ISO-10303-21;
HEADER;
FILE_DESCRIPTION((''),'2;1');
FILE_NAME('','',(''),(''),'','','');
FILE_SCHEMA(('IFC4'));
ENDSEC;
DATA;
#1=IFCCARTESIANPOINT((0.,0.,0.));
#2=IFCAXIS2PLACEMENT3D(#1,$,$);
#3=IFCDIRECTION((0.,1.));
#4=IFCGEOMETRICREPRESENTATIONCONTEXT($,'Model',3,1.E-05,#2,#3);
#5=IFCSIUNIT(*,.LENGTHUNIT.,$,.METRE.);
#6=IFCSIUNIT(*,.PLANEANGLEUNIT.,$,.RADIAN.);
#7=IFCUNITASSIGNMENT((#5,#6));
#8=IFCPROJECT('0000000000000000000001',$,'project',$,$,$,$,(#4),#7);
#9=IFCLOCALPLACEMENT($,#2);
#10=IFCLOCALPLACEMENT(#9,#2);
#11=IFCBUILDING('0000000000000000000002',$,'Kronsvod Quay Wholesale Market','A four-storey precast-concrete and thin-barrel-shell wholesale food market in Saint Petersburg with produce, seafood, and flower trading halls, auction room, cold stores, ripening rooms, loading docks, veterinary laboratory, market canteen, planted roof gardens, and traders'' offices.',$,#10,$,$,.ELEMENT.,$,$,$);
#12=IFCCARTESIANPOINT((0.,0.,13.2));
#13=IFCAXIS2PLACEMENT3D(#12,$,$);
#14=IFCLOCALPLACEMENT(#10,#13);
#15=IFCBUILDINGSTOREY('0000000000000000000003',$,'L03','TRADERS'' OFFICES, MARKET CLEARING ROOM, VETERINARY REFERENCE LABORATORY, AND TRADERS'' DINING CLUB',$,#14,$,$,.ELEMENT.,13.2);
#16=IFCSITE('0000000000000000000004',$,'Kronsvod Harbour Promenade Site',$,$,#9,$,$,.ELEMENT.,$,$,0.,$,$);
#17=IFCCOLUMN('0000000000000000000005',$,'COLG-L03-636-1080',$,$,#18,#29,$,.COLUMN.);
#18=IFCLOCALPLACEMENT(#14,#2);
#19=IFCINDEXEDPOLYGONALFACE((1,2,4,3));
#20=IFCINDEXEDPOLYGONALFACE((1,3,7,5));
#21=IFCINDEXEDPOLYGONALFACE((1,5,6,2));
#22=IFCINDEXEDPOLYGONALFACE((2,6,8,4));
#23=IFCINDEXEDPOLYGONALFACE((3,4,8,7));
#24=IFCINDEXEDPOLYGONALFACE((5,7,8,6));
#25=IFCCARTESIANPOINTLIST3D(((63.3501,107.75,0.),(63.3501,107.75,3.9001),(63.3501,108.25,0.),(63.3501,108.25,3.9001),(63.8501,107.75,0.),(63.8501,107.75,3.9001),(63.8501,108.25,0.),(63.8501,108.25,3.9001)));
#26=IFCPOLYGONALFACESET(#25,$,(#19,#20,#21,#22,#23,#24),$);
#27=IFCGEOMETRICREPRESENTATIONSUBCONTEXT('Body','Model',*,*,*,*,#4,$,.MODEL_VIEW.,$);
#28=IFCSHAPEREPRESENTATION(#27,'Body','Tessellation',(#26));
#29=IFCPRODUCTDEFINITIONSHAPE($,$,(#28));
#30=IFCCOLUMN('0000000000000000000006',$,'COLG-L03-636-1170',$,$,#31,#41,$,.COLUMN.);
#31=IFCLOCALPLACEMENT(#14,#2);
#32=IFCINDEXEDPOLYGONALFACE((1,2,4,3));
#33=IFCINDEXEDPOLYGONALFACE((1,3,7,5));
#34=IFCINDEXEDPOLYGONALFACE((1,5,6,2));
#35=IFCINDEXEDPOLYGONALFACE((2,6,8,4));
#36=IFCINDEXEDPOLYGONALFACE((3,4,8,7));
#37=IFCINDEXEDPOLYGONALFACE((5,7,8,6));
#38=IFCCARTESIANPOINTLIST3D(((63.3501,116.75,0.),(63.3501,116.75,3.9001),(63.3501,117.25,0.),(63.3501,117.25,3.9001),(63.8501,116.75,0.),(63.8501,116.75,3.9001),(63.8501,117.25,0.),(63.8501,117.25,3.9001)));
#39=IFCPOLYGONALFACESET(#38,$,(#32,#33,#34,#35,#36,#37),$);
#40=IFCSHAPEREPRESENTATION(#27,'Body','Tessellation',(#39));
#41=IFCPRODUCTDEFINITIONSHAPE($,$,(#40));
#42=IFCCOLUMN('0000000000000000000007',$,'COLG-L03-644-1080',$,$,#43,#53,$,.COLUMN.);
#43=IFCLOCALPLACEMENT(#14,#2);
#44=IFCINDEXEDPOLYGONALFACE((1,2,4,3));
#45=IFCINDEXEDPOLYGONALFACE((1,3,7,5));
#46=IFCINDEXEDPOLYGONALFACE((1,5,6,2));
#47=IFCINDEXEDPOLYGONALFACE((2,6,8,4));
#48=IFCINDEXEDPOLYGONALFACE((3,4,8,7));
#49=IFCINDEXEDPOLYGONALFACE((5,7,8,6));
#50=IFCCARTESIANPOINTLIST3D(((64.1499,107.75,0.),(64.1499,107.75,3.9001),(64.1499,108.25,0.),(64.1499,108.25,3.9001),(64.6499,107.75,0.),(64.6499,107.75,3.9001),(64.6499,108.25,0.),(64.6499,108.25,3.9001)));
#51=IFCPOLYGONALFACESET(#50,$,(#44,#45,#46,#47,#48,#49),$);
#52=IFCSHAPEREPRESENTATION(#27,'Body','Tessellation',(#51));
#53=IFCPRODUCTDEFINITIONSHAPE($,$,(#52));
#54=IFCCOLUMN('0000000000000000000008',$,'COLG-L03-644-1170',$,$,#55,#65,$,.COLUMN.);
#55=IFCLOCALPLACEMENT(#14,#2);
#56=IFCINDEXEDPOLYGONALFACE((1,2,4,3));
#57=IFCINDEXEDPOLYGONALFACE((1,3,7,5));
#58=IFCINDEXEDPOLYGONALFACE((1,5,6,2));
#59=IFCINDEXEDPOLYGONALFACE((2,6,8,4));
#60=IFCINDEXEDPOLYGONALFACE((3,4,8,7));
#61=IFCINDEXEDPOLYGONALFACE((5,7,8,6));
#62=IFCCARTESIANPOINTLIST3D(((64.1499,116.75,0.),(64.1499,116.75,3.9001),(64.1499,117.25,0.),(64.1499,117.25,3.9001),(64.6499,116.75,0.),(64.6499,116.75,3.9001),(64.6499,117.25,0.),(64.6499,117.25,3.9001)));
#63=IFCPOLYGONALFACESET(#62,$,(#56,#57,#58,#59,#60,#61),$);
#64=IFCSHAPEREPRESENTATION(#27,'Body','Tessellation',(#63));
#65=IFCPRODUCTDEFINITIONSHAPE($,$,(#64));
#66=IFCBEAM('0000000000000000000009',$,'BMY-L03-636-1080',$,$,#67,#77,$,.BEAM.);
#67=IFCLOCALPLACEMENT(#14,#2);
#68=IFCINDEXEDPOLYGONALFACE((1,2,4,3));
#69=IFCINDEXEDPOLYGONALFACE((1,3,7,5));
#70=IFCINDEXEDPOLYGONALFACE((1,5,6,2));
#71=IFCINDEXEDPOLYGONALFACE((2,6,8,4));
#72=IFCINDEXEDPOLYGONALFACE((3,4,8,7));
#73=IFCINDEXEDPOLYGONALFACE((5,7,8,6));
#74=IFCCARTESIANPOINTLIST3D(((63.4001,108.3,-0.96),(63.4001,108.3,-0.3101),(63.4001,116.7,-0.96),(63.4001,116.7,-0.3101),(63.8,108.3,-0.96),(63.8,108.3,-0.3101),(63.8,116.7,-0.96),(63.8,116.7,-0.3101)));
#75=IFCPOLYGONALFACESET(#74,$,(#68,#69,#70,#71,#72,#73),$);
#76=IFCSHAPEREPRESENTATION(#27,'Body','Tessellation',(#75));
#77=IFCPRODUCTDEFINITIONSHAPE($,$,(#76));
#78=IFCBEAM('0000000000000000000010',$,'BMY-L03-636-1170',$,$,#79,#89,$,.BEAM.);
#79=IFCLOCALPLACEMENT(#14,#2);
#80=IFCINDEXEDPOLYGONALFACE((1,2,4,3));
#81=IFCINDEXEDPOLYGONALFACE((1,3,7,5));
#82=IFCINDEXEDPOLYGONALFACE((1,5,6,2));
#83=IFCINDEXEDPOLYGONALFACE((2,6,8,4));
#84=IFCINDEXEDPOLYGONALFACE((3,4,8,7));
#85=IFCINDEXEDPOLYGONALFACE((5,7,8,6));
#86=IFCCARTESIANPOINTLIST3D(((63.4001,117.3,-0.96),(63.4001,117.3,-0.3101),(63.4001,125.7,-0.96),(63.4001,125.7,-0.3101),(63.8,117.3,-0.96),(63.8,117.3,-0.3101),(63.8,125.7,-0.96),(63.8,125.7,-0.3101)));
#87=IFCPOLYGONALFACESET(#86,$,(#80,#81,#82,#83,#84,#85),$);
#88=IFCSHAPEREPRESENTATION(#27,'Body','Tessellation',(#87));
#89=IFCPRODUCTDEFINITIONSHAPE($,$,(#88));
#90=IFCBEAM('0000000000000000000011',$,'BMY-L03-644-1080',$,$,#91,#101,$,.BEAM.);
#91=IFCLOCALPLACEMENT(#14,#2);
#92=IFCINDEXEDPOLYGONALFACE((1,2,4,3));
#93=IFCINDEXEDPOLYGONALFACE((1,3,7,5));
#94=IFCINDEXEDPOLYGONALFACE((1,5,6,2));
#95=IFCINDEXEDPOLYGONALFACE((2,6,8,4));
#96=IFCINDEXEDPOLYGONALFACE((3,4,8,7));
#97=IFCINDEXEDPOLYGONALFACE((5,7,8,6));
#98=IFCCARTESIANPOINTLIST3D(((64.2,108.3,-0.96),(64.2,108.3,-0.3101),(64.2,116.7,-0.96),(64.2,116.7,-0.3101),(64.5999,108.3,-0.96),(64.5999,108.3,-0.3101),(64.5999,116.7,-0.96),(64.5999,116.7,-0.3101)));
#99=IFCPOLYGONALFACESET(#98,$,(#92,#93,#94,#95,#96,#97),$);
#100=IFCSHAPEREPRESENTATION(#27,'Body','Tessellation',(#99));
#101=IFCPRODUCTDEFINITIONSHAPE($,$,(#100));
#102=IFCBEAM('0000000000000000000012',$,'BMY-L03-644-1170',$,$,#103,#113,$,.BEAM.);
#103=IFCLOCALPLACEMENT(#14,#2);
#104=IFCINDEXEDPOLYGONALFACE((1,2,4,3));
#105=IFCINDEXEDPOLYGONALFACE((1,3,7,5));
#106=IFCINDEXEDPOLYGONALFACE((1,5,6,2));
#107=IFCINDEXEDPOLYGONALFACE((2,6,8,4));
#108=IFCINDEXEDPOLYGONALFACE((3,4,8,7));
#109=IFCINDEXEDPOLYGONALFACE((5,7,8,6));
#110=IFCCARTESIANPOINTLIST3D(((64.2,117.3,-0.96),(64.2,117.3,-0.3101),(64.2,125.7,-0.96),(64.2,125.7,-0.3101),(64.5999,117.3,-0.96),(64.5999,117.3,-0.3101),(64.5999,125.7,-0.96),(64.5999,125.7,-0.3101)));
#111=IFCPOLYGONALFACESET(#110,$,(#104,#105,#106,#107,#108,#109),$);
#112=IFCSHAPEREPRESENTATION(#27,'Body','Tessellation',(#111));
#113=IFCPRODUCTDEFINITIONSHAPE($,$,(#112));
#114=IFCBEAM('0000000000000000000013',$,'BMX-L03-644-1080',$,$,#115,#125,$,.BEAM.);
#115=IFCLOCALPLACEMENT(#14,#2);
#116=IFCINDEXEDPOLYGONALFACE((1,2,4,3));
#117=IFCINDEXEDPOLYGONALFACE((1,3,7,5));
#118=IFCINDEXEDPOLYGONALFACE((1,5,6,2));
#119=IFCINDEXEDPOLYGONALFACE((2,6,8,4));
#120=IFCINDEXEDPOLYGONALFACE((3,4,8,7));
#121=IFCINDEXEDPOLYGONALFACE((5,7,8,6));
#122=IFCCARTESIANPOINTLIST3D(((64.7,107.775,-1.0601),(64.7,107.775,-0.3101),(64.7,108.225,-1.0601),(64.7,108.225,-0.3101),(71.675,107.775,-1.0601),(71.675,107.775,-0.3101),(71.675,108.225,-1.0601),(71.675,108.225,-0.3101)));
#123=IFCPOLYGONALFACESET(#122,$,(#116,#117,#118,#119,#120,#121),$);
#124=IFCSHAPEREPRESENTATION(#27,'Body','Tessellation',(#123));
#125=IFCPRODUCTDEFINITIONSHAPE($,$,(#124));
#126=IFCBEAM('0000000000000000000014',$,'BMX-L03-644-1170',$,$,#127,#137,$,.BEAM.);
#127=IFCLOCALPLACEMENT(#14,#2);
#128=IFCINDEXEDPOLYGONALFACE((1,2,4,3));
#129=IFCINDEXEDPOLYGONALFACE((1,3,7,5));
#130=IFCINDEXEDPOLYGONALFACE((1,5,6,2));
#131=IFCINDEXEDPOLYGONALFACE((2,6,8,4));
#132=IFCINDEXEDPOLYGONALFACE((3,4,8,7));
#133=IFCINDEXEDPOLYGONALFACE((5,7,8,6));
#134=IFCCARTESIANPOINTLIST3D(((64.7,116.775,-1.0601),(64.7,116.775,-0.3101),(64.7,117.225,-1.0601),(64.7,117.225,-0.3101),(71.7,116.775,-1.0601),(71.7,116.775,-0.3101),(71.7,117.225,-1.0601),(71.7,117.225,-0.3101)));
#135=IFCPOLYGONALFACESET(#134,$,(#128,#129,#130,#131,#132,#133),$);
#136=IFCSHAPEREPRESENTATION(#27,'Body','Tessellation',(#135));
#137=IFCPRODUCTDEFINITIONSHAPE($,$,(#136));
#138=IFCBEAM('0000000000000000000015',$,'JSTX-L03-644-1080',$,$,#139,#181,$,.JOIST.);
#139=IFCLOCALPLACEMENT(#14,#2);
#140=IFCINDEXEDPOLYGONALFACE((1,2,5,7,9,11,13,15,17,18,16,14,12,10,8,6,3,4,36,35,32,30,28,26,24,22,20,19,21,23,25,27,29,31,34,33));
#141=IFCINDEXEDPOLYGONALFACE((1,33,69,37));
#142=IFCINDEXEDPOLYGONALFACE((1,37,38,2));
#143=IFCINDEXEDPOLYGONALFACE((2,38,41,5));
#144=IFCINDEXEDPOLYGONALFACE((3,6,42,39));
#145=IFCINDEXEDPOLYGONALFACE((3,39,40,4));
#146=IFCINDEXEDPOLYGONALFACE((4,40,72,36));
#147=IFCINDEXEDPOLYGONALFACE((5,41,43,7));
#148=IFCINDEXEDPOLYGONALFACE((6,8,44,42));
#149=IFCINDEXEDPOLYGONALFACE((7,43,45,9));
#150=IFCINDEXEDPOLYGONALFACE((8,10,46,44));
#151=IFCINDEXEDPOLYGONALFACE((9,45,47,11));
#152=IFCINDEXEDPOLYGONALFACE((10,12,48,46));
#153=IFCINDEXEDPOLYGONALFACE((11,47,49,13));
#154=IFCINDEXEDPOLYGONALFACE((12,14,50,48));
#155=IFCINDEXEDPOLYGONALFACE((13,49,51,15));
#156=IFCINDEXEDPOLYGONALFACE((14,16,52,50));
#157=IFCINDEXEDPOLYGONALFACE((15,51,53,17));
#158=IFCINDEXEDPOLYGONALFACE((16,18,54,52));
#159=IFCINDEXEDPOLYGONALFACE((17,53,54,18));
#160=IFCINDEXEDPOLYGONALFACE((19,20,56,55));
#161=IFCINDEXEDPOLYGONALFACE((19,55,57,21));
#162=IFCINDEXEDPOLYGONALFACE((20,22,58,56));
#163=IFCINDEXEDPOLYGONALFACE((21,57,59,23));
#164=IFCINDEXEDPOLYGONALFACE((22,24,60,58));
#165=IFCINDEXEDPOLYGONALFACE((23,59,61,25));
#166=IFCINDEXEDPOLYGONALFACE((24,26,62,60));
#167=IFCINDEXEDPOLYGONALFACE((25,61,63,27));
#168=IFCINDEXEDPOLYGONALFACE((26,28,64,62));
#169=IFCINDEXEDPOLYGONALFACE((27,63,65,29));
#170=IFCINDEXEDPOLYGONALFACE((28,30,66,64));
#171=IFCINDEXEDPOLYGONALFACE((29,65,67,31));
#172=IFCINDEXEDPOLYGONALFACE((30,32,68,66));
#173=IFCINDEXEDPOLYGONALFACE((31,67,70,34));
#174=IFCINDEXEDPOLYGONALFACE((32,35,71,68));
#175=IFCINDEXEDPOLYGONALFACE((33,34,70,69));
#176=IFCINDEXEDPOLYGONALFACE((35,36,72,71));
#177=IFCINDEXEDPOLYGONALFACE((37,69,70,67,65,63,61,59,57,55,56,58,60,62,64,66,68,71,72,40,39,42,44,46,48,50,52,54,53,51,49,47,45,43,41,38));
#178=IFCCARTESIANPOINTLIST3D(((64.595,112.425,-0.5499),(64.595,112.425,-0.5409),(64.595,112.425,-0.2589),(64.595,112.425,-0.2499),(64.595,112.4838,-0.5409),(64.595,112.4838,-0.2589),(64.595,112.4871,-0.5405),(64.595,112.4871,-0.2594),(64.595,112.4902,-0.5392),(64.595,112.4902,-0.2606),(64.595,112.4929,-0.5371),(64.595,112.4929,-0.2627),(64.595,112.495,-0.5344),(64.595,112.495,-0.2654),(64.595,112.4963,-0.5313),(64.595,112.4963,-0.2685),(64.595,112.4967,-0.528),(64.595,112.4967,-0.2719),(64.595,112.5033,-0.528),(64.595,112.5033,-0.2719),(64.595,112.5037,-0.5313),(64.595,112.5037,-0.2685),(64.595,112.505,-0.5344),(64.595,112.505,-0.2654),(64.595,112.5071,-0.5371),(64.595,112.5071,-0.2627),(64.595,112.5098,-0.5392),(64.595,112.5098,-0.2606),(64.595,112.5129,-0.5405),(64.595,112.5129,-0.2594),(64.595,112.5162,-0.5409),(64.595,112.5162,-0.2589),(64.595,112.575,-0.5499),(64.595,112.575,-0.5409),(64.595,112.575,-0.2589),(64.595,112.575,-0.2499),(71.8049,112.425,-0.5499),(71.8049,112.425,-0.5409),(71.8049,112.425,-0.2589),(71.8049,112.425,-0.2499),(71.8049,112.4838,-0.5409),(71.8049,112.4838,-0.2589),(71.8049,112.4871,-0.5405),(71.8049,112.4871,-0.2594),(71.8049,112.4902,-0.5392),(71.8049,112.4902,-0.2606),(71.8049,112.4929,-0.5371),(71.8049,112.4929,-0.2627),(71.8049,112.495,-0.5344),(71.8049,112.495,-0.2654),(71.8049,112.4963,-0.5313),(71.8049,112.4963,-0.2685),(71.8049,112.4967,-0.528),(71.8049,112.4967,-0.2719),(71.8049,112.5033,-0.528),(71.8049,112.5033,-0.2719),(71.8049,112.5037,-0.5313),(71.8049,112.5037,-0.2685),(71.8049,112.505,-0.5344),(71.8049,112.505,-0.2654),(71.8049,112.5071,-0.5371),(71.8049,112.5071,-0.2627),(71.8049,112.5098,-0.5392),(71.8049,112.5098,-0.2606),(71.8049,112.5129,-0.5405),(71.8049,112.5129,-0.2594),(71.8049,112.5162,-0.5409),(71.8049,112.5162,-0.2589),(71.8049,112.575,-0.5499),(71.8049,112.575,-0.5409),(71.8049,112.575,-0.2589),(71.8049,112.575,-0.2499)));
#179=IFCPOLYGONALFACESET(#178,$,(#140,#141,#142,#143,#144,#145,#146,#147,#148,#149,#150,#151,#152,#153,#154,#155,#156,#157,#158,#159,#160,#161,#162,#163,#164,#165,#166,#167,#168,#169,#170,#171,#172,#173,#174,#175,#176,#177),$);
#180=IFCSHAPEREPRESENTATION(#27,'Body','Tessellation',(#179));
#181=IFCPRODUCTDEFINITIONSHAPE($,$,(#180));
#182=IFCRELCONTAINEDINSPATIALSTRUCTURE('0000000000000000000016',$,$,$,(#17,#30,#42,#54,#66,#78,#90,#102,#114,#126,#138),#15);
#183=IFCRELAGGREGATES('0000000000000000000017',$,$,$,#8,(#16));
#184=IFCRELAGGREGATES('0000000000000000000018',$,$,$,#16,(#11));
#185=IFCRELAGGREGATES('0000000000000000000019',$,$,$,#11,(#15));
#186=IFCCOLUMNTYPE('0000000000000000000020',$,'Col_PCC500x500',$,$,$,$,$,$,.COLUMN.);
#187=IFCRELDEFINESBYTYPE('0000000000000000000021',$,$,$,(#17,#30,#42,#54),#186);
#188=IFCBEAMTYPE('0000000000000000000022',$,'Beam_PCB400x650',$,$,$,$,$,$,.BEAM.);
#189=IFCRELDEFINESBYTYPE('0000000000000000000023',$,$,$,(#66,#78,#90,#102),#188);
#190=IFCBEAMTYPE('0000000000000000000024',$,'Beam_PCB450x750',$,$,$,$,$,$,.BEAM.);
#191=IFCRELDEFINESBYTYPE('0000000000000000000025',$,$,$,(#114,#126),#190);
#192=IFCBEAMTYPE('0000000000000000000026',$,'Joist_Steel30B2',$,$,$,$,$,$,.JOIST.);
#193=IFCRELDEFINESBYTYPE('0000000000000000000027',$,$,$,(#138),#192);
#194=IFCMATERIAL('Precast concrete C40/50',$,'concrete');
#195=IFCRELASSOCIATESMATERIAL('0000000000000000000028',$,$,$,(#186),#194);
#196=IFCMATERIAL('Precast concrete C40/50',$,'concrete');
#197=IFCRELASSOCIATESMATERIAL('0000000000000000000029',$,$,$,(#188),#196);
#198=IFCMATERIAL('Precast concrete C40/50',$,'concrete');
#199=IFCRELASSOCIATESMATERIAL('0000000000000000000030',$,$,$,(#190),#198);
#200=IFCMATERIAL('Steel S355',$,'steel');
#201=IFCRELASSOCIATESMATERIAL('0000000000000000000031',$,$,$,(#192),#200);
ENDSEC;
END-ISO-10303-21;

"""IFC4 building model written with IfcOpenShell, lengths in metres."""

from ifc_helpers import new_model, si_unit, direction, frame, origin, origin_2d, place, context, subcontext, project, spatial, rectangle, i_section, extrude, material, material_profile, profile_set, type_object, element, save


model = new_model("IFC4")

# Units and contexts
model_context = context("Model", 3, precision=1e-05, world=origin(), true_north=direction((0.0, 1.0)))
body_context = subcontext(model_context, "Body", "Model", "MODEL_VIEW")
ifc_project = project(units=[si_unit("LENGTHUNIT", "METRE"), si_unit("PLANEANGLEUNIT", "RADIAN")], contexts=[model_context])

# Site, building, storey
site_placement = place(None, origin())
site = spatial("IfcSite", under=ifc_project, at=site_placement, Name="Kronsvod Harbour Promenade Site", CompositionType="ELEMENT", RefElevation=0.0)
building_placement = place(site_placement, origin())
building = spatial("IfcBuilding", under=site, at=building_placement, Name="Kronsvod Quay Wholesale Market", Description="A four-storey precast-concrete and thin-barrel-shell wholesale food market in Saint Petersburg with produce, seafood, and flower trading halls, auction room, cold stores, ripening rooms, loading docks, veterinary laboratory, market canteen, planted roof gardens, and traders' offices.", CompositionType="ELEMENT")
storey_placement = place(building_placement, frame((0.0, 0.0, 13.2)))
storey = spatial("IfcBuildingStorey", under=building, at=storey_placement, Name="L03", Description="TRADERS' OFFICES, MARKET CLEARING ROOM, VETERINARY REFERENCE LABORATORY, AND TRADERS' DINING CLUB", CompositionType="ELEMENT", Elevation=13.2)

# Columns
ifc_material_1 = material(Name="Precast concrete C40/50", Category="concrete")
ifc_material_profile_1 = material_profile(ifc_material_1, rectangle(XDim=0.5, YDim=0.5, at=origin_2d()), Name="PCC500x500")
ifc_profile_set_1 = profile_set([ifc_material_profile_1], Name="Precast concrete C40/50")
column_type = type_object("IfcColumnType", Name="Col_PCC500x500", PredefinedType="COLUMN", material=ifc_profile_set_1)
for number, where, z_axis, x_axis, name in (
    (1, (63.6001, 108.0, 0.0), (0.0, 0.0, 1.0), (1.0, 0.0, 0.0), "COLG-L03-636-1080"),
    (2, (63.6001, 117.0, 0.0), (0.0, 0.0, 1.0), (1.0, 0.0, 0.0), "COLG-L03-636-1170"),
    (3, (64.3999, 108.0, 0.0), (0.0, 0.0, 1.0), (1.0, 0.0, 0.0), "COLG-L03-644-1080"),
    (4, (64.3999, 117.0, 0.0), (0.0, 0.0, 1.0), (1.0, 0.0, 0.0), "COLG-L03-644-1170"),
):
    element("IfcColumn", number, at=place(storey_placement, frame(where, z_axis=z_axis, x_axis=x_axis)), inside=storey, type_object=column_type, Name=name, PredefinedType="COLUMN", context=body_context, shape_type="SweptSolid", body=[
        extrude(rectangle(XDim=0.5, YDim=0.5, at=origin_2d()), origin(), (0.0, 0.0, 1.0), 3.9001),
    ])

# Beams
ifc_material_2 = material(Name="Precast concrete C40/50", Category="concrete")
ifc_material_profile_2 = material_profile(ifc_material_2, rectangle(XDim=0.3999, YDim=0.6499, at=origin_2d()), Name="PCB400x650")
ifc_profile_set_2 = profile_set([ifc_material_profile_2], Name="Precast concrete C40/50")
beam_type_1 = type_object("IfcBeamType", Name="Beam_PCB400x650", PredefinedType="BEAM", material=ifc_profile_set_2)
for number, where, z_axis, x_axis, name in (
    (5, (63.6001, 108.3, -0.635), (0.0, 1.0, 0.0), (-1.0, 0.0, 0.0), "BMY-L03-636-1080"),
    (6, (63.6001, 117.3, -0.635), (0.0, 1.0, 0.0), (-1.0, 0.0, 0.0), "BMY-L03-636-1170"),
    (7, (64.3999, 108.3, -0.635), (0.0, 1.0, 0.0), (-1.0, 0.0, 0.0), "BMY-L03-644-1080"),
    (8, (64.3999, 117.3, -0.635), (0.0, 1.0, 0.0), (-1.0, 0.0, 0.0), "BMY-L03-644-1170"),
):
    element("IfcBeam", number, at=place(storey_placement, frame(where, z_axis=z_axis, x_axis=x_axis)), inside=storey, type_object=beam_type_1, Name=name, PredefinedType="BEAM", context=body_context, shape_type="SweptSolid", body=[
        extrude(rectangle(XDim=0.3999, YDim=0.6499, at=origin_2d()), origin(), (0.0, 0.0, 1.0), 8.3999),
    ])
ifc_material_3 = material(Name="Precast concrete C40/50", Category="concrete")
ifc_material_profile_3 = material_profile(ifc_material_3, rectangle(XDim=0.45, YDim=0.75, at=origin_2d()), Name="PCB450x750")
ifc_profile_set_3 = profile_set([ifc_material_profile_3], Name="Precast concrete C40/50")
beam_type_2 = type_object("IfcBeamType", Name="Beam_PCB450x750", PredefinedType="BEAM", material=ifc_profile_set_3)
beam_1_placement = place(storey_placement, frame((64.7, 108.0, -0.6851), z_axis=(1.0, 0.0, 0.0), x_axis=(0.0, 1.0, 0.0)))
element("IfcBeam", 9, at=beam_1_placement, inside=storey, type_object=beam_type_2, Name="BMX-L03-644-1080", PredefinedType="BEAM", context=body_context, shape_type="SweptSolid", body=[
    extrude(rectangle(XDim=0.45, YDim=0.75, at=origin_2d()), origin(), (0.0, 0.0, 1.0), 6.9751),
])
beam_2_placement = place(storey_placement, frame((64.7, 117.0, -0.6851), z_axis=(1.0, 0.0, 0.0), x_axis=(0.0, 1.0, 0.0)))
element("IfcBeam", 10, at=beam_2_placement, inside=storey, type_object=beam_type_2, Name="BMX-L03-644-1170", PredefinedType="BEAM", context=body_context, shape_type="SweptSolid", body=[
    extrude(rectangle(XDim=0.45, YDim=0.75, at=origin_2d()), origin(), (0.0, 0.0, 1.0), 7.0),
])
ifc_material_4 = material(Name="Steel S355", Category="steel")
ifc_material_profile_4 = material_profile(ifc_material_4, i_section(OverallWidth=0.1499, OverallDepth=0.3, WebThickness=0.0066, FlangeThickness=0.009, FilletRadius=0.0129, at=origin_2d()), Name="30B2")
ifc_profile_set_4 = profile_set([ifc_material_profile_4], Name="Steel S355")
beam_type_3 = type_object("IfcBeamType", Name="Joist_Steel30B2", PredefinedType="JOIST", material=ifc_profile_set_4)
beam_3_placement = place(storey_placement, frame((64.595, 112.5, -0.3999), z_axis=(1.0, 0.0, 0.0), x_axis=(0.0, 1.0, 0.0)))
element("IfcBeam", 11, at=beam_3_placement, inside=storey, type_object=beam_type_3, Name="JSTX-L03-644-1080", PredefinedType="JOIST", context=body_context, shape_type="SweptSolid", body=[
    extrude(i_section(OverallWidth=0.1499, OverallDepth=0.3, WebThickness=0.0066, FlangeThickness=0.009, FilletRadius=0.0129, at=origin_2d()), origin(), (0.0, 0.0, 1.0), 7.21),
])

save(model, "model.ifc")
